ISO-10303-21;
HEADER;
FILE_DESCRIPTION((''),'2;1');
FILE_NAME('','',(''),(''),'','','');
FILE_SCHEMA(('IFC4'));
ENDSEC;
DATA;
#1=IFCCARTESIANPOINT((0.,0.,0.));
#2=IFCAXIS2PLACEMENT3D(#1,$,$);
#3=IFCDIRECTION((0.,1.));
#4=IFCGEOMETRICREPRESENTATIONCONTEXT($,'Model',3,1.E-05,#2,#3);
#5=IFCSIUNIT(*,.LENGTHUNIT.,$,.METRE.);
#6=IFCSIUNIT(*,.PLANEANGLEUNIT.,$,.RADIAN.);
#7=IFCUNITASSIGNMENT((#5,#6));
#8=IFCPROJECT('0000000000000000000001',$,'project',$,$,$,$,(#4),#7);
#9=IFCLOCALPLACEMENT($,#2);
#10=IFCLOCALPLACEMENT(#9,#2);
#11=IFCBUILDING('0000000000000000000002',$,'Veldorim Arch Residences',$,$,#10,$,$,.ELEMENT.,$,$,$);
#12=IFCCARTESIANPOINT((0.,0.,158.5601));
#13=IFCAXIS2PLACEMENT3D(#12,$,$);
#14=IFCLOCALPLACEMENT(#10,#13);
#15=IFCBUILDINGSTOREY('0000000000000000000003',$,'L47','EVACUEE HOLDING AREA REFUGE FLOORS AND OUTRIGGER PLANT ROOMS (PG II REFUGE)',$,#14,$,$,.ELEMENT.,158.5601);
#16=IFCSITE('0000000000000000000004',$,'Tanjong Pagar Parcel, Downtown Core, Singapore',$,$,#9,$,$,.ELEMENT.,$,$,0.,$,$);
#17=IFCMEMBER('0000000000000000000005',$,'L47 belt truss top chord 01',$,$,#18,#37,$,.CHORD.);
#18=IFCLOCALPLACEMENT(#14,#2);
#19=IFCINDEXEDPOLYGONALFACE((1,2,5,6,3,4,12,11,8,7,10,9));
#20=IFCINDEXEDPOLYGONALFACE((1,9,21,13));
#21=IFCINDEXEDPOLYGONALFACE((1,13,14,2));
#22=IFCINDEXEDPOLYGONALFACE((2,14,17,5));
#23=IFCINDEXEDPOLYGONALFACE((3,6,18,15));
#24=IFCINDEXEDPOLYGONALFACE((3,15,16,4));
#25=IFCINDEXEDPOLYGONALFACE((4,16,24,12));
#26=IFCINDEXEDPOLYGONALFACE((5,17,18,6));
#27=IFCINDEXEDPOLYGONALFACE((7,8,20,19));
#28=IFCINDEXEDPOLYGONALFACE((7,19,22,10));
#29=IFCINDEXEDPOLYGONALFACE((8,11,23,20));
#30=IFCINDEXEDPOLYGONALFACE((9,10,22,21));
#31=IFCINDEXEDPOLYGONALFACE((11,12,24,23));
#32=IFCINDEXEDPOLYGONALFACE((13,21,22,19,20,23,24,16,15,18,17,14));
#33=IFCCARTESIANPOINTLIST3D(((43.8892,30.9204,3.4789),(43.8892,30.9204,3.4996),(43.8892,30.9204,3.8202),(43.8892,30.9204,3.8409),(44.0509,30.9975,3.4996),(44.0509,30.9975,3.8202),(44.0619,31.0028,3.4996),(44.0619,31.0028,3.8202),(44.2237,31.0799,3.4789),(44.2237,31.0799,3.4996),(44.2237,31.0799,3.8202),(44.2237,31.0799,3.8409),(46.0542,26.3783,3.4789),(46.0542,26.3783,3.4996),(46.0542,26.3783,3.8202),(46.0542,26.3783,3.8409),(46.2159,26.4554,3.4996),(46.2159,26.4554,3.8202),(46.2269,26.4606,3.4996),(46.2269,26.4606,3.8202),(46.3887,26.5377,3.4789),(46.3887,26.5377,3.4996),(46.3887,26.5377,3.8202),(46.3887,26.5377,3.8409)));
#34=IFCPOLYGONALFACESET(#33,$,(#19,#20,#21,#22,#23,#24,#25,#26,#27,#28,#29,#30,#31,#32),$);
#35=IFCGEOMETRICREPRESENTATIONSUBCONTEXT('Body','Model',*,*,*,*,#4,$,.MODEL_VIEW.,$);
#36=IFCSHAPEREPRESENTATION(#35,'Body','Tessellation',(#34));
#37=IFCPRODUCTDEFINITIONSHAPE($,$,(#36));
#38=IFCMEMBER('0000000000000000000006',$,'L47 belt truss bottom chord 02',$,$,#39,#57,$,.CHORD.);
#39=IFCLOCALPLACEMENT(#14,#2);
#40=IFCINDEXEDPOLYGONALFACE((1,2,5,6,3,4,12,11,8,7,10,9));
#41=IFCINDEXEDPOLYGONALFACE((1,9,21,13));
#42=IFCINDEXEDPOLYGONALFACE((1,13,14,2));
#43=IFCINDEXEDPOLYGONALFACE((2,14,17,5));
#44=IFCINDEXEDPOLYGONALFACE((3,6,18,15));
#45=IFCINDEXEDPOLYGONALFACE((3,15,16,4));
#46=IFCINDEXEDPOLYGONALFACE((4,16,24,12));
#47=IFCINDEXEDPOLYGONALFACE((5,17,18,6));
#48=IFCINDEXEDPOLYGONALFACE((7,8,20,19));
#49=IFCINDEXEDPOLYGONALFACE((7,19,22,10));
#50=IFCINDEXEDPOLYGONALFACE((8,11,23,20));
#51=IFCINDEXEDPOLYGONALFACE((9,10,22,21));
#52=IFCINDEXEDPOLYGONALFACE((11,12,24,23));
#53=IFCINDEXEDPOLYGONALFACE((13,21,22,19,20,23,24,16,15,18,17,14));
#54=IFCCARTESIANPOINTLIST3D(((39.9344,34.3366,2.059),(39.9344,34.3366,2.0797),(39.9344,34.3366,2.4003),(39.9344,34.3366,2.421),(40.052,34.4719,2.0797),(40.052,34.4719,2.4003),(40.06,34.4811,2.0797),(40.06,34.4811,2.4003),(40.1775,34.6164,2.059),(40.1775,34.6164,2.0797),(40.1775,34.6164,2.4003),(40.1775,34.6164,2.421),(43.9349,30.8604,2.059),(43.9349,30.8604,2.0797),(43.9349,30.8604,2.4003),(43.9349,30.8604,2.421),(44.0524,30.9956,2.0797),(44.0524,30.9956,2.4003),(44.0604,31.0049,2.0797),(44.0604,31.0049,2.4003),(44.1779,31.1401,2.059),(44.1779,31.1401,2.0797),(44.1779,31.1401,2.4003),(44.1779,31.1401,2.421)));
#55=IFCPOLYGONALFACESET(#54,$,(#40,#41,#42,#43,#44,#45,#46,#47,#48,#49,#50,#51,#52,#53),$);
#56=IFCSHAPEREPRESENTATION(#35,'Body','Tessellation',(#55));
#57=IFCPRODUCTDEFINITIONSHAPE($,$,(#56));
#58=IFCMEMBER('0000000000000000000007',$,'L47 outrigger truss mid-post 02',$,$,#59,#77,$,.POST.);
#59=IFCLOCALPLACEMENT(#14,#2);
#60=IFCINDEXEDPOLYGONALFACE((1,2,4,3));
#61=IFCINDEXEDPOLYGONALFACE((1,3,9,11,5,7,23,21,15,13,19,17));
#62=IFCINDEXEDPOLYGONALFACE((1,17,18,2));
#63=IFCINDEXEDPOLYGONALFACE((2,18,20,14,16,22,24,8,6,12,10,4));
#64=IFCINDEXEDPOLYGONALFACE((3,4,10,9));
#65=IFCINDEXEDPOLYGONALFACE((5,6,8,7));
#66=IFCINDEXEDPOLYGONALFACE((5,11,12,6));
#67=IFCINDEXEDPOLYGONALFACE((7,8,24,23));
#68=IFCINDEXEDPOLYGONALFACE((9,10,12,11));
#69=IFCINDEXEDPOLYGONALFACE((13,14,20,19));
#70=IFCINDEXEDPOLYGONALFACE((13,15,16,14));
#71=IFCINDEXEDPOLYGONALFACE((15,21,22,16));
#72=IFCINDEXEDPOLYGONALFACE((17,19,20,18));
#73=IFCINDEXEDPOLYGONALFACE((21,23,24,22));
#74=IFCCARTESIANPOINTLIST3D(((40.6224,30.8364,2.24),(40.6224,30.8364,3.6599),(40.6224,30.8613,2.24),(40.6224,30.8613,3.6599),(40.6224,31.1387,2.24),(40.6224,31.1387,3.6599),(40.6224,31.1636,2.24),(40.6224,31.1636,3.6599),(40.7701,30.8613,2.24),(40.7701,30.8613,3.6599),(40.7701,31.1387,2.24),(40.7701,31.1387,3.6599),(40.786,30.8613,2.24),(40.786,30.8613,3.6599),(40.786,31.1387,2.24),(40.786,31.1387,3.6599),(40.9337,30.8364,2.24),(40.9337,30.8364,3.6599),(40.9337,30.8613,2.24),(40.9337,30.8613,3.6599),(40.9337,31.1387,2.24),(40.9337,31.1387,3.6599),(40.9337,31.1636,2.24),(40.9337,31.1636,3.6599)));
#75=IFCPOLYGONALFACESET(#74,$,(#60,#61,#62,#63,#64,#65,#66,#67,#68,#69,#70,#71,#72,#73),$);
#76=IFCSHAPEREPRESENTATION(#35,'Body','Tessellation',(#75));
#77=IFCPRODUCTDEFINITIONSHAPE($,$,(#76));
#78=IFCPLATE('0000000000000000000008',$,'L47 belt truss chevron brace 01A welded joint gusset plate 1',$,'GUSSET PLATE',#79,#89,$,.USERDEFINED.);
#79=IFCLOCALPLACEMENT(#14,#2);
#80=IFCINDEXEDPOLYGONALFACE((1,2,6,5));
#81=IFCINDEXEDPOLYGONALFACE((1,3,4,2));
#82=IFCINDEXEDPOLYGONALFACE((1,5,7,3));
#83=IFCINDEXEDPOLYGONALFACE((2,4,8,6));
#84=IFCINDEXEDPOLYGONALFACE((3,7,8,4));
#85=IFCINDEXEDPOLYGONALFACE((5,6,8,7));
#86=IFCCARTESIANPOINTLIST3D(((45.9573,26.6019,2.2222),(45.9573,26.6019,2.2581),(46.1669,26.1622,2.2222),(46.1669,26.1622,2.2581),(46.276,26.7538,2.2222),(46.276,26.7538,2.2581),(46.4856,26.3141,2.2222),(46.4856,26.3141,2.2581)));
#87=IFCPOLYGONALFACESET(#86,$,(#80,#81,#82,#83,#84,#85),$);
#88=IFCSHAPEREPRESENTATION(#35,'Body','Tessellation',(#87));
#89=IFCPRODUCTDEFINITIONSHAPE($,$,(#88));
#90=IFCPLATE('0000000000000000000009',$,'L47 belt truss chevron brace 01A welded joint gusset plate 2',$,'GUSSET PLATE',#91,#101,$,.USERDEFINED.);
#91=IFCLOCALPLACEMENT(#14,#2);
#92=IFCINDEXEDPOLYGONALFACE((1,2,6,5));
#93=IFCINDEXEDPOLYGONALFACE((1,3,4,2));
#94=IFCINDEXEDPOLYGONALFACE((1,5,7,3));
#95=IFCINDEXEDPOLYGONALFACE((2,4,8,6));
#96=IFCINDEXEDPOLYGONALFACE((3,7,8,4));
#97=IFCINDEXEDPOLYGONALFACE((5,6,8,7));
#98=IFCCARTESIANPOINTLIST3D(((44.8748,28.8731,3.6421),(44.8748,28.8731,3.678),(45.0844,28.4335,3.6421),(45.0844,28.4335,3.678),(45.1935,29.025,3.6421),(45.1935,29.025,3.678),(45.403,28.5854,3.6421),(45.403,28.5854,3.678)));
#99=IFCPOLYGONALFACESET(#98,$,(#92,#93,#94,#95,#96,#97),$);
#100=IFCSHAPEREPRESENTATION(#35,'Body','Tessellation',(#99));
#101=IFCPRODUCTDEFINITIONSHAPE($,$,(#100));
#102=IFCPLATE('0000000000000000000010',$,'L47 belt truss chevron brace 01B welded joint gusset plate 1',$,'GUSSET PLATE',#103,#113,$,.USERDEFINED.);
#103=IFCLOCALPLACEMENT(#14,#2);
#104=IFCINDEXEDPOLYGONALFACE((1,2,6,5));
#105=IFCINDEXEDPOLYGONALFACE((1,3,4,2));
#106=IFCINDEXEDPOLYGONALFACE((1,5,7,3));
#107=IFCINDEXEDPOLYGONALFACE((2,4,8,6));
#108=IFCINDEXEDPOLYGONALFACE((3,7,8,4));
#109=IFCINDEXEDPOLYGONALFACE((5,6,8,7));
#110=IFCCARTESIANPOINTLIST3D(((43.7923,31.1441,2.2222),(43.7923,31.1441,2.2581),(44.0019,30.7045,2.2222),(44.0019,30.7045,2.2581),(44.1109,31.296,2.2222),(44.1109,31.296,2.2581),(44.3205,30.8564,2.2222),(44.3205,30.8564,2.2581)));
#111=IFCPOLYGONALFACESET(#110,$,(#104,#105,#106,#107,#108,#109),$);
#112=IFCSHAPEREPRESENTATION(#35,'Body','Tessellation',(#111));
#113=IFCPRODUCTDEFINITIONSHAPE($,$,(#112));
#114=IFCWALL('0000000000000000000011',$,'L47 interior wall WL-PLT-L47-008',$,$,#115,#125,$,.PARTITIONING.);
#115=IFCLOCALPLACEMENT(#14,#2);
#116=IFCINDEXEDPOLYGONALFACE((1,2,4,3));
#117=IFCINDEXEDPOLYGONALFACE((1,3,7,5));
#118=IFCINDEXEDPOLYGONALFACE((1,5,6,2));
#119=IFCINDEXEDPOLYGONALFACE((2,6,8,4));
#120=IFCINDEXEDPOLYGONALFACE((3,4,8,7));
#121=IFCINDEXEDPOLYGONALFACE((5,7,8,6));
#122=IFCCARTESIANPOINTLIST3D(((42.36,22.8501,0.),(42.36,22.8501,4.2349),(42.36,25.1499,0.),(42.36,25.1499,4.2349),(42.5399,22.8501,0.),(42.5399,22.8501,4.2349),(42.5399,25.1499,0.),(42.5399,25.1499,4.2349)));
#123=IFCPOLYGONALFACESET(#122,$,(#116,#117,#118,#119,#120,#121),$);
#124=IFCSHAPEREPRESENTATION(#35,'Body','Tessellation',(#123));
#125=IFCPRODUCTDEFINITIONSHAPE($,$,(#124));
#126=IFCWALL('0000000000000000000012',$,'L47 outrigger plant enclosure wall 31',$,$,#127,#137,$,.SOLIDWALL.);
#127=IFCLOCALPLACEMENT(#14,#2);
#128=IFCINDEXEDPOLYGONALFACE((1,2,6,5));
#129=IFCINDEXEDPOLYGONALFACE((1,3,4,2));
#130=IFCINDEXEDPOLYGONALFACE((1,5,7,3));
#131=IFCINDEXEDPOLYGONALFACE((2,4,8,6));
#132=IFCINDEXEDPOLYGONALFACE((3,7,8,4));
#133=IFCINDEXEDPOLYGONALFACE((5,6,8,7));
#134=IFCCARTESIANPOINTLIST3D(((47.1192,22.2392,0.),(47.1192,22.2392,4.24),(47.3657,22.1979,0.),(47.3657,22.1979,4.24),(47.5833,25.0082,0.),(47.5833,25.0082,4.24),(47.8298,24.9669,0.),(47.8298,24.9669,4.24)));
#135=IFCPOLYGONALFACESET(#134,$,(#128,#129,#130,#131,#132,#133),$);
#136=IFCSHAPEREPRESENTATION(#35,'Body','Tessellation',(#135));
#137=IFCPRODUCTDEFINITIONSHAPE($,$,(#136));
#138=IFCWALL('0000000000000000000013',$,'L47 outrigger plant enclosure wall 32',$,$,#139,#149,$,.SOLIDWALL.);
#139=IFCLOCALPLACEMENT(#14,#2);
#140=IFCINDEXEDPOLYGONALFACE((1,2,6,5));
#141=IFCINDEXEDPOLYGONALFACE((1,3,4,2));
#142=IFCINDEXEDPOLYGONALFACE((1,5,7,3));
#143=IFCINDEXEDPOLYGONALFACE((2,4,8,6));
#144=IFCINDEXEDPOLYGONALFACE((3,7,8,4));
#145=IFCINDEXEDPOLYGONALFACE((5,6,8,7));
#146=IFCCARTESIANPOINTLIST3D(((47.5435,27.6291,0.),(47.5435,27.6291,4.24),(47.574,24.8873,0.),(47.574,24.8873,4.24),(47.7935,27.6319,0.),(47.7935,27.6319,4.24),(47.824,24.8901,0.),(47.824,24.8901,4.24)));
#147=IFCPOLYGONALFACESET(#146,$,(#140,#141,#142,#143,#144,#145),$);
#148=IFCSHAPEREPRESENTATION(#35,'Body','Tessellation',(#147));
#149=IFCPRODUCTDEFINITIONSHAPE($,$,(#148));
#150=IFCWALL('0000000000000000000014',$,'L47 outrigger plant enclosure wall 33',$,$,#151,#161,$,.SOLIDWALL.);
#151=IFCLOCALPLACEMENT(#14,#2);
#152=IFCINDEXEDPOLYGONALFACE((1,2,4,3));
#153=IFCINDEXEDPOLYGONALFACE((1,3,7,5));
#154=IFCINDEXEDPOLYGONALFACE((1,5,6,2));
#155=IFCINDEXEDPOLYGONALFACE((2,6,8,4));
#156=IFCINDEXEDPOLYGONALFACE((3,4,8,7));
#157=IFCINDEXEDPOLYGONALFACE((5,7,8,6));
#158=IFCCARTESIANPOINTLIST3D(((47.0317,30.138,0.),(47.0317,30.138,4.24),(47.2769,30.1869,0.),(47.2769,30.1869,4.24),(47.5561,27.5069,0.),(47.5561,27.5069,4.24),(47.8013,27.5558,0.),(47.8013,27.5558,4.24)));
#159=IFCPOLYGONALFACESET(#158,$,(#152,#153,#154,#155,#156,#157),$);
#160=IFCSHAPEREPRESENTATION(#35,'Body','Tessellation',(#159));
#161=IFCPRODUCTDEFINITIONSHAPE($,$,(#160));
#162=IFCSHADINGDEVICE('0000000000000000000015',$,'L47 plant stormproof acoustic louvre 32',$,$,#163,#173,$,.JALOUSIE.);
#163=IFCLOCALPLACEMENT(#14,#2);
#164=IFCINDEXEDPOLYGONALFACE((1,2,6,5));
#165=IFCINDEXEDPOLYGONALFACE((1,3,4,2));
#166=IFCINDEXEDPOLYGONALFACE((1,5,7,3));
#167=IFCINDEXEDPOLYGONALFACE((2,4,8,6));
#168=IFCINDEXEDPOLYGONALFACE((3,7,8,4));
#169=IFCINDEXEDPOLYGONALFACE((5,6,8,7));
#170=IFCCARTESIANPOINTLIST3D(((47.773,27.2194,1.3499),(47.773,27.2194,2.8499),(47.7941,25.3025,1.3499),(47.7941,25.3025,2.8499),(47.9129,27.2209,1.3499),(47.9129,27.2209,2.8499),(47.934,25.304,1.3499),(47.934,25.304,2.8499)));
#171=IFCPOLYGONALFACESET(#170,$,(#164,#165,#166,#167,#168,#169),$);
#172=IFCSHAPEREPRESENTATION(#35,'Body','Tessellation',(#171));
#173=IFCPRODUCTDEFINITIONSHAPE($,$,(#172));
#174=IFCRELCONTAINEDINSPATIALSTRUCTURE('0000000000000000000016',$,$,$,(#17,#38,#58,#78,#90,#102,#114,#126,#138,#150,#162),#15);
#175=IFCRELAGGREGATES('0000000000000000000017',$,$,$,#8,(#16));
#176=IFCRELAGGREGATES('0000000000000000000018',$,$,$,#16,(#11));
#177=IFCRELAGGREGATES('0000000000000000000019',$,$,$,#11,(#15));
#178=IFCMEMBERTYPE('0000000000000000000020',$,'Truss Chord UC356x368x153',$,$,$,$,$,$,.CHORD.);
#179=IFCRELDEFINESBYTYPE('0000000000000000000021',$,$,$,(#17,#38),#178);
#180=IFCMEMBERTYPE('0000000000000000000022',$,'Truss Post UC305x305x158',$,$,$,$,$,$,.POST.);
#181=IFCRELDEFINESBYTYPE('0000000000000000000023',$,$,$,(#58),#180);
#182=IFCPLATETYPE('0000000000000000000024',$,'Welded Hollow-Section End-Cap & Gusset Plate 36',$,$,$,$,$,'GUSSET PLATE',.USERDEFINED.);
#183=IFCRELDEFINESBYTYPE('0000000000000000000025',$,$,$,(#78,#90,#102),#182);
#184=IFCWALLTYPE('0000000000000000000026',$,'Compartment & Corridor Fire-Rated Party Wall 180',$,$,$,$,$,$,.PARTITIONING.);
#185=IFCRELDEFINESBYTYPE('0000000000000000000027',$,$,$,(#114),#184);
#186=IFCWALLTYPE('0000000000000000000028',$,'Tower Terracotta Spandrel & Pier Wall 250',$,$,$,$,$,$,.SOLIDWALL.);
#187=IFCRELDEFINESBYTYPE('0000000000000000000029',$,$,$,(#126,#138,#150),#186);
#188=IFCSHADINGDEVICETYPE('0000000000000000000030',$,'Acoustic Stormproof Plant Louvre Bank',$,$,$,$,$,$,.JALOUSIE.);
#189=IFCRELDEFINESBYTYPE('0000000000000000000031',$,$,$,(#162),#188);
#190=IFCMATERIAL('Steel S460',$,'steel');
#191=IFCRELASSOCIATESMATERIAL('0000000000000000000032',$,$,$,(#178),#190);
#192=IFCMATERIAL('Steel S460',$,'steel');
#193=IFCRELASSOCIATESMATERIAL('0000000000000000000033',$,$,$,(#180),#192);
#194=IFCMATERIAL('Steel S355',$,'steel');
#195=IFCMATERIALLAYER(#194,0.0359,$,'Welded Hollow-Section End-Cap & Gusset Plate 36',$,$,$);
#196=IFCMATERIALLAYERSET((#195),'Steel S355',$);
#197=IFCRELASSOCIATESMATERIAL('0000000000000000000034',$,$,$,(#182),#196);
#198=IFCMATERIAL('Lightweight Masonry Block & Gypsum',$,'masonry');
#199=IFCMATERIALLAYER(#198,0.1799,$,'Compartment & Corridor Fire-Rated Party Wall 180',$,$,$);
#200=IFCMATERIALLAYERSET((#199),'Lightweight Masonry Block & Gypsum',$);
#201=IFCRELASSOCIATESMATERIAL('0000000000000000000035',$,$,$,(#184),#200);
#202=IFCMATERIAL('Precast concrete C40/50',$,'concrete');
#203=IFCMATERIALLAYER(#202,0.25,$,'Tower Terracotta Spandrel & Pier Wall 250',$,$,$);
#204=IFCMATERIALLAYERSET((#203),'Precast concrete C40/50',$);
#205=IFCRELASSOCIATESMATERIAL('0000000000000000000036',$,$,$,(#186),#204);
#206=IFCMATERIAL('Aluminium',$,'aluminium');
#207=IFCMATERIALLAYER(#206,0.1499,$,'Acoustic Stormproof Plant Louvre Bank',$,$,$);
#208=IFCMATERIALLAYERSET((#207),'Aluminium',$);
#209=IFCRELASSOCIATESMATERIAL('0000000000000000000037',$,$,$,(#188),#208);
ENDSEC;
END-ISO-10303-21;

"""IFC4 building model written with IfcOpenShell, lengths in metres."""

from ifc_helpers import new_model, si_unit, direction, frame, frame_2d, origin, origin_2d, place, context, subcontext, project, spatial, rectangle, i_section, extrude, material, layer, layer_set, material_profile, profile_set, type_object, element, save


model = new_model("IFC4")

# Units and contexts
model_context = context("Model", 3, precision=1e-05, world=origin(), true_north=direction((0.0, 1.0)))
body_context = subcontext(model_context, "Body", "Model", "MODEL_VIEW")
ifc_project = project(units=[si_unit("LENGTHUNIT", "METRE"), si_unit("PLANEANGLEUNIT", "RADIAN")], contexts=[model_context])

# Site, building, storey
site_placement = place(None, origin())
site = spatial("IfcSite", under=ifc_project, at=site_placement, Name="Tanjong Pagar Parcel, Downtown Core, Singapore", CompositionType="ELEMENT", RefElevation=0.0)
building_placement = place(site_placement, origin())
building = spatial("IfcBuilding", under=site, at=building_placement, Name="Veldorim Arch Residences", CompositionType="ELEMENT")
storey_placement = place(building_placement, frame((0.0, 0.0, 158.5601)))
storey = spatial("IfcBuildingStorey", under=building, at=storey_placement, Name="L47", Description="EVACUEE HOLDING AREA REFUGE FLOORS AND OUTRIGGER PLANT ROOMS (PG II REFUGE)", CompositionType="ELEMENT", Elevation=158.5601)

# Members
ifc_material_1 = material(Name="Steel S460", Category="steel")
ifc_material_profile_1 = material_profile(ifc_material_1, i_section(OverallWidth=0.3706, OverallDepth=0.3621, WebThickness=0.0122, FlangeThickness=0.0208, at=origin_2d()), Name="UC356x368x153")
ifc_profile_set_1 = profile_set([ifc_material_profile_1], Name="Steel S460")
member_type_1 = type_object("IfcMemberType", Name="Truss Chord UC356x368x153", PredefinedType="CHORD", material=ifc_profile_set_1)
for number, where, z_axis, x_axis, name in (
    (1, (46.2214, 26.458, 3.6599), (-0.430269, 0.902701, 0.0), (-0.902701, -0.430269, 0.0), "L47 belt truss top chord 01"),
):
    element("IfcMember", number, at=place(storey_placement, frame(where, z_axis=z_axis, x_axis=x_axis)), inside=storey, type_object=member_type_1, Name=name, PredefinedType="CHORD", context=body_context, shape_type="SweptSolid", body=[
        extrude(i_section(OverallWidth=0.3706, OverallDepth=0.3621, WebThickness=0.0122, FlangeThickness=0.0208, at=origin_2d()), origin(), (0.0, 0.0, 1.0), 5.0317),
    ])
member_1_placement = place(storey_placement, frame((44.0564, 31.0002, 2.24), z_axis=(-0.754827, 0.655924, 0.0), x_axis=(-0.655924, -0.754827, 0.0)))
element("IfcMember", 2, at=member_1_placement, inside=storey, type_object=member_type_1, Name="L47 belt truss bottom chord 02", PredefinedType="CHORD", context=body_context, shape_type="SweptSolid", body=[
    extrude(i_section(OverallWidth=0.3706, OverallDepth=0.3621, WebThickness=0.0122, FlangeThickness=0.0208, at=origin_2d()), origin(), (0.0, 0.0, 1.0), 5.2998),
])
ifc_material_2 = material(Name="Steel S460", Category="steel")
ifc_material_profile_2 = material_profile(ifc_material_2, i_section(OverallWidth=0.3113, OverallDepth=0.3271, WebThickness=0.0159, FlangeThickness=0.0249, at=origin_2d()), Name="UC305x305x158")
ifc_profile_set_2 = profile_set([ifc_material_profile_2], Name="Steel S460")
member_type_2 = type_object("IfcMemberType", Name="Truss Post UC305x305x158", PredefinedType="POST", material=ifc_profile_set_2)
member_2_placement = place(storey_placement, frame((40.7781, 31.0, 2.24), z_axis=(0.0, 0.0, 1.0), x_axis=(1.0, 0.0, 0.0)))
element("IfcMember", 3, at=member_2_placement, inside=storey, type_object=member_type_2, Name="L47 outrigger truss mid-post 02", PredefinedType="POST", context=body_context, shape_type="SweptSolid", body=[
    extrude(i_section(OverallWidth=0.3113, OverallDepth=0.3271, WebThickness=0.0159, FlangeThickness=0.0249, at=origin_2d()), origin(), (0.0, 0.0, 1.0), 1.4199),
])

# Plates
ifc_material_3 = material(Name="Steel S355", Category="steel")
ifc_layer_1 = layer(ifc_material_3, 0.0359, Name="Welded Hollow-Section End-Cap & Gusset Plate 36")
ifc_layer_set_1 = layer_set([ifc_layer_1], Name="Steel S355")
plate_type = type_object("IfcPlateType", Name="Welded Hollow-Section End-Cap & Gusset Plate 36", ElementType="GUSSET PLATE", PredefinedType="USERDEFINED", material=ifc_layer_set_1)
for number, where, z_axis, x_axis, name in (
    (4, (46.2214, 26.458, 2.2222), (0.0, 0.0, 1.0), (-0.430259, 0.902705, 0.0), "L47 belt truss chevron brace 01A welded joint gusset plate 1"),
    (5, (45.1389, 28.7292, 3.6421), (0.0, 0.0, 1.0), (-0.430259, 0.902705, 0.0), "L47 belt truss chevron brace 01A welded joint gusset plate 2"),
    (6, (44.0564, 31.0002, 2.2222), (0.0, 0.0, 1.0), (0.430306, -0.902683, 0.0), "L47 belt truss chevron brace 01B welded joint gusset plate 1"),
):
    element("IfcPlate", number, at=place(storey_placement, frame(where, z_axis=z_axis, x_axis=x_axis)), inside=storey, type_object=plate_type, Name=name, ObjectType="GUSSET PLATE", PredefinedType="USERDEFINED", context=body_context, shape_type="SweptSolid", body=[
        extrude(rectangle(XDim=0.4871, YDim=0.353, at=origin_2d()), origin(), (0.0, 0.0, 1.0), 0.0359),
    ])

# Walls
ifc_material_4 = material(Name="Lightweight Masonry Block & Gypsum", Category="masonry")
ifc_layer_2 = layer(ifc_material_4, 0.1799, Name="Compartment & Corridor Fire-Rated Party Wall 180")
ifc_layer_set_2 = layer_set([ifc_layer_2], Name="Lightweight Masonry Block & Gypsum")
wall_type_1 = type_object("IfcWallType", Name="Compartment & Corridor Fire-Rated Party Wall 180", PredefinedType="PARTITIONING", material=ifc_layer_set_2)
wall_1_placement = place(storey_placement, frame((42.45, 25.1499, 0.0), z_axis=(0.0, 0.0, 1.0), x_axis=(0.0, -1.0, 0.0)))
element("IfcWall", 7, at=wall_1_placement, inside=storey, type_object=wall_type_1, Name="L47 interior wall WL-PLT-L47-008", PredefinedType="PARTITIONING", context=body_context, shape_type="SweptSolid", body=[
    extrude(rectangle(XDim=2.2998, YDim=0.1799, at=frame_2d((1.1499, 0.0))), origin(), (0.0, 0.0, 1.0), 4.2349),
])
ifc_material_5 = material(Name="Precast concrete C40/50", Category="concrete")
ifc_layer_3 = layer(ifc_material_5, 0.25, Name="Tower Terracotta Spandrel & Pier Wall 250")
ifc_layer_set_3 = layer_set([ifc_layer_3], Name="Precast concrete C40/50")
wall_type_2 = type_object("IfcWallType", Name="Tower Terracotta Spandrel & Pier Wall 250", PredefinedType="SOLIDWALL", material=ifc_layer_set_3)
wall_2_placement = place(storey_placement, frame((47.7065, 24.9875, 0.0), z_axis=(0.0, 0.0, 1.0), x_axis=(-0.165301, -0.986243, 0.0)))
element("IfcWall", 8, at=wall_2_placement, inside=storey, type_object=wall_type_2, Name="L47 outrigger plant enclosure wall 31", PredefinedType="SOLIDWALL", context=body_context, shape_type="SweptSolid", body=[
    extrude(rectangle(XDim=2.8076, YDim=0.25, at=frame_2d((1.4038, 0.0))), origin(), (0.0, 0.0, 1.0), 4.24),
])
wall_3_placement = place(storey_placement, frame((47.6685, 27.6306, 0.0), z_axis=(0.0, 0.0, 1.0), x_axis=(0.01113, -0.999938, 0.0)))
element("IfcWall", 9, at=wall_3_placement, inside=storey, type_object=wall_type_2, Name="L47 outrigger plant enclosure wall 32", PredefinedType="SOLIDWALL", context=body_context, shape_type="SweptSolid", body=[
    extrude(rectangle(XDim=2.7419, YDim=0.25, at=frame_2d((1.3711, 0.0))), origin(), (0.0, 0.0, 1.0), 4.24),
])
wall_4_placement = place(storey_placement, frame((47.1543, 30.1624, 0.0), z_axis=(0.0, 0.0, 1.0), x_axis=(0.195469, -0.98071, 0.0)))
element("IfcWall", 10, at=wall_4_placement, inside=storey, type_object=wall_type_2, Name="L47 outrigger plant enclosure wall 33", PredefinedType="SOLIDWALL", context=body_context, shape_type="SweptSolid", body=[
    extrude(rectangle(XDim=2.6829, YDim=0.25, at=frame_2d((1.3413, 0.0))), origin(), (0.0, 0.0, 1.0), 4.24),
])

# Shading device
ifc_material_6 = material(Name="Aluminium", Category="aluminium")
ifc_layer_4 = layer(ifc_material_6, 0.1499, Name="Acoustic Stormproof Plant Louvre Bank")
ifc_layer_set_4 = layer_set([ifc_layer_4], Name="Aluminium")
shading_device_type = type_object("IfcShadingDeviceType", Name="Acoustic Stormproof Plant Louvre Bank", PredefinedType="JALOUSIE", material=ifc_layer_set_4)
shading_device_placement = place(storey_placement, frame((47.8535, 26.2617, 1.3499), z_axis=(0.0, 0.0, 1.0), x_axis=(0.010995, -0.99994, 0.0)))
element("IfcShadingDevice", 11, at=shading_device_placement, inside=storey, type_object=shading_device_type, Name="L47 plant stormproof acoustic louvre 32", PredefinedType="JALOUSIE", context=body_context, shape_type="SweptSolid", body=[
    extrude(rectangle(XDim=1.917, YDim=0.1399, at=origin_2d()), origin(), (0.0, 0.0, 1.0), 1.5),
])

save(model, "model.ifc")
